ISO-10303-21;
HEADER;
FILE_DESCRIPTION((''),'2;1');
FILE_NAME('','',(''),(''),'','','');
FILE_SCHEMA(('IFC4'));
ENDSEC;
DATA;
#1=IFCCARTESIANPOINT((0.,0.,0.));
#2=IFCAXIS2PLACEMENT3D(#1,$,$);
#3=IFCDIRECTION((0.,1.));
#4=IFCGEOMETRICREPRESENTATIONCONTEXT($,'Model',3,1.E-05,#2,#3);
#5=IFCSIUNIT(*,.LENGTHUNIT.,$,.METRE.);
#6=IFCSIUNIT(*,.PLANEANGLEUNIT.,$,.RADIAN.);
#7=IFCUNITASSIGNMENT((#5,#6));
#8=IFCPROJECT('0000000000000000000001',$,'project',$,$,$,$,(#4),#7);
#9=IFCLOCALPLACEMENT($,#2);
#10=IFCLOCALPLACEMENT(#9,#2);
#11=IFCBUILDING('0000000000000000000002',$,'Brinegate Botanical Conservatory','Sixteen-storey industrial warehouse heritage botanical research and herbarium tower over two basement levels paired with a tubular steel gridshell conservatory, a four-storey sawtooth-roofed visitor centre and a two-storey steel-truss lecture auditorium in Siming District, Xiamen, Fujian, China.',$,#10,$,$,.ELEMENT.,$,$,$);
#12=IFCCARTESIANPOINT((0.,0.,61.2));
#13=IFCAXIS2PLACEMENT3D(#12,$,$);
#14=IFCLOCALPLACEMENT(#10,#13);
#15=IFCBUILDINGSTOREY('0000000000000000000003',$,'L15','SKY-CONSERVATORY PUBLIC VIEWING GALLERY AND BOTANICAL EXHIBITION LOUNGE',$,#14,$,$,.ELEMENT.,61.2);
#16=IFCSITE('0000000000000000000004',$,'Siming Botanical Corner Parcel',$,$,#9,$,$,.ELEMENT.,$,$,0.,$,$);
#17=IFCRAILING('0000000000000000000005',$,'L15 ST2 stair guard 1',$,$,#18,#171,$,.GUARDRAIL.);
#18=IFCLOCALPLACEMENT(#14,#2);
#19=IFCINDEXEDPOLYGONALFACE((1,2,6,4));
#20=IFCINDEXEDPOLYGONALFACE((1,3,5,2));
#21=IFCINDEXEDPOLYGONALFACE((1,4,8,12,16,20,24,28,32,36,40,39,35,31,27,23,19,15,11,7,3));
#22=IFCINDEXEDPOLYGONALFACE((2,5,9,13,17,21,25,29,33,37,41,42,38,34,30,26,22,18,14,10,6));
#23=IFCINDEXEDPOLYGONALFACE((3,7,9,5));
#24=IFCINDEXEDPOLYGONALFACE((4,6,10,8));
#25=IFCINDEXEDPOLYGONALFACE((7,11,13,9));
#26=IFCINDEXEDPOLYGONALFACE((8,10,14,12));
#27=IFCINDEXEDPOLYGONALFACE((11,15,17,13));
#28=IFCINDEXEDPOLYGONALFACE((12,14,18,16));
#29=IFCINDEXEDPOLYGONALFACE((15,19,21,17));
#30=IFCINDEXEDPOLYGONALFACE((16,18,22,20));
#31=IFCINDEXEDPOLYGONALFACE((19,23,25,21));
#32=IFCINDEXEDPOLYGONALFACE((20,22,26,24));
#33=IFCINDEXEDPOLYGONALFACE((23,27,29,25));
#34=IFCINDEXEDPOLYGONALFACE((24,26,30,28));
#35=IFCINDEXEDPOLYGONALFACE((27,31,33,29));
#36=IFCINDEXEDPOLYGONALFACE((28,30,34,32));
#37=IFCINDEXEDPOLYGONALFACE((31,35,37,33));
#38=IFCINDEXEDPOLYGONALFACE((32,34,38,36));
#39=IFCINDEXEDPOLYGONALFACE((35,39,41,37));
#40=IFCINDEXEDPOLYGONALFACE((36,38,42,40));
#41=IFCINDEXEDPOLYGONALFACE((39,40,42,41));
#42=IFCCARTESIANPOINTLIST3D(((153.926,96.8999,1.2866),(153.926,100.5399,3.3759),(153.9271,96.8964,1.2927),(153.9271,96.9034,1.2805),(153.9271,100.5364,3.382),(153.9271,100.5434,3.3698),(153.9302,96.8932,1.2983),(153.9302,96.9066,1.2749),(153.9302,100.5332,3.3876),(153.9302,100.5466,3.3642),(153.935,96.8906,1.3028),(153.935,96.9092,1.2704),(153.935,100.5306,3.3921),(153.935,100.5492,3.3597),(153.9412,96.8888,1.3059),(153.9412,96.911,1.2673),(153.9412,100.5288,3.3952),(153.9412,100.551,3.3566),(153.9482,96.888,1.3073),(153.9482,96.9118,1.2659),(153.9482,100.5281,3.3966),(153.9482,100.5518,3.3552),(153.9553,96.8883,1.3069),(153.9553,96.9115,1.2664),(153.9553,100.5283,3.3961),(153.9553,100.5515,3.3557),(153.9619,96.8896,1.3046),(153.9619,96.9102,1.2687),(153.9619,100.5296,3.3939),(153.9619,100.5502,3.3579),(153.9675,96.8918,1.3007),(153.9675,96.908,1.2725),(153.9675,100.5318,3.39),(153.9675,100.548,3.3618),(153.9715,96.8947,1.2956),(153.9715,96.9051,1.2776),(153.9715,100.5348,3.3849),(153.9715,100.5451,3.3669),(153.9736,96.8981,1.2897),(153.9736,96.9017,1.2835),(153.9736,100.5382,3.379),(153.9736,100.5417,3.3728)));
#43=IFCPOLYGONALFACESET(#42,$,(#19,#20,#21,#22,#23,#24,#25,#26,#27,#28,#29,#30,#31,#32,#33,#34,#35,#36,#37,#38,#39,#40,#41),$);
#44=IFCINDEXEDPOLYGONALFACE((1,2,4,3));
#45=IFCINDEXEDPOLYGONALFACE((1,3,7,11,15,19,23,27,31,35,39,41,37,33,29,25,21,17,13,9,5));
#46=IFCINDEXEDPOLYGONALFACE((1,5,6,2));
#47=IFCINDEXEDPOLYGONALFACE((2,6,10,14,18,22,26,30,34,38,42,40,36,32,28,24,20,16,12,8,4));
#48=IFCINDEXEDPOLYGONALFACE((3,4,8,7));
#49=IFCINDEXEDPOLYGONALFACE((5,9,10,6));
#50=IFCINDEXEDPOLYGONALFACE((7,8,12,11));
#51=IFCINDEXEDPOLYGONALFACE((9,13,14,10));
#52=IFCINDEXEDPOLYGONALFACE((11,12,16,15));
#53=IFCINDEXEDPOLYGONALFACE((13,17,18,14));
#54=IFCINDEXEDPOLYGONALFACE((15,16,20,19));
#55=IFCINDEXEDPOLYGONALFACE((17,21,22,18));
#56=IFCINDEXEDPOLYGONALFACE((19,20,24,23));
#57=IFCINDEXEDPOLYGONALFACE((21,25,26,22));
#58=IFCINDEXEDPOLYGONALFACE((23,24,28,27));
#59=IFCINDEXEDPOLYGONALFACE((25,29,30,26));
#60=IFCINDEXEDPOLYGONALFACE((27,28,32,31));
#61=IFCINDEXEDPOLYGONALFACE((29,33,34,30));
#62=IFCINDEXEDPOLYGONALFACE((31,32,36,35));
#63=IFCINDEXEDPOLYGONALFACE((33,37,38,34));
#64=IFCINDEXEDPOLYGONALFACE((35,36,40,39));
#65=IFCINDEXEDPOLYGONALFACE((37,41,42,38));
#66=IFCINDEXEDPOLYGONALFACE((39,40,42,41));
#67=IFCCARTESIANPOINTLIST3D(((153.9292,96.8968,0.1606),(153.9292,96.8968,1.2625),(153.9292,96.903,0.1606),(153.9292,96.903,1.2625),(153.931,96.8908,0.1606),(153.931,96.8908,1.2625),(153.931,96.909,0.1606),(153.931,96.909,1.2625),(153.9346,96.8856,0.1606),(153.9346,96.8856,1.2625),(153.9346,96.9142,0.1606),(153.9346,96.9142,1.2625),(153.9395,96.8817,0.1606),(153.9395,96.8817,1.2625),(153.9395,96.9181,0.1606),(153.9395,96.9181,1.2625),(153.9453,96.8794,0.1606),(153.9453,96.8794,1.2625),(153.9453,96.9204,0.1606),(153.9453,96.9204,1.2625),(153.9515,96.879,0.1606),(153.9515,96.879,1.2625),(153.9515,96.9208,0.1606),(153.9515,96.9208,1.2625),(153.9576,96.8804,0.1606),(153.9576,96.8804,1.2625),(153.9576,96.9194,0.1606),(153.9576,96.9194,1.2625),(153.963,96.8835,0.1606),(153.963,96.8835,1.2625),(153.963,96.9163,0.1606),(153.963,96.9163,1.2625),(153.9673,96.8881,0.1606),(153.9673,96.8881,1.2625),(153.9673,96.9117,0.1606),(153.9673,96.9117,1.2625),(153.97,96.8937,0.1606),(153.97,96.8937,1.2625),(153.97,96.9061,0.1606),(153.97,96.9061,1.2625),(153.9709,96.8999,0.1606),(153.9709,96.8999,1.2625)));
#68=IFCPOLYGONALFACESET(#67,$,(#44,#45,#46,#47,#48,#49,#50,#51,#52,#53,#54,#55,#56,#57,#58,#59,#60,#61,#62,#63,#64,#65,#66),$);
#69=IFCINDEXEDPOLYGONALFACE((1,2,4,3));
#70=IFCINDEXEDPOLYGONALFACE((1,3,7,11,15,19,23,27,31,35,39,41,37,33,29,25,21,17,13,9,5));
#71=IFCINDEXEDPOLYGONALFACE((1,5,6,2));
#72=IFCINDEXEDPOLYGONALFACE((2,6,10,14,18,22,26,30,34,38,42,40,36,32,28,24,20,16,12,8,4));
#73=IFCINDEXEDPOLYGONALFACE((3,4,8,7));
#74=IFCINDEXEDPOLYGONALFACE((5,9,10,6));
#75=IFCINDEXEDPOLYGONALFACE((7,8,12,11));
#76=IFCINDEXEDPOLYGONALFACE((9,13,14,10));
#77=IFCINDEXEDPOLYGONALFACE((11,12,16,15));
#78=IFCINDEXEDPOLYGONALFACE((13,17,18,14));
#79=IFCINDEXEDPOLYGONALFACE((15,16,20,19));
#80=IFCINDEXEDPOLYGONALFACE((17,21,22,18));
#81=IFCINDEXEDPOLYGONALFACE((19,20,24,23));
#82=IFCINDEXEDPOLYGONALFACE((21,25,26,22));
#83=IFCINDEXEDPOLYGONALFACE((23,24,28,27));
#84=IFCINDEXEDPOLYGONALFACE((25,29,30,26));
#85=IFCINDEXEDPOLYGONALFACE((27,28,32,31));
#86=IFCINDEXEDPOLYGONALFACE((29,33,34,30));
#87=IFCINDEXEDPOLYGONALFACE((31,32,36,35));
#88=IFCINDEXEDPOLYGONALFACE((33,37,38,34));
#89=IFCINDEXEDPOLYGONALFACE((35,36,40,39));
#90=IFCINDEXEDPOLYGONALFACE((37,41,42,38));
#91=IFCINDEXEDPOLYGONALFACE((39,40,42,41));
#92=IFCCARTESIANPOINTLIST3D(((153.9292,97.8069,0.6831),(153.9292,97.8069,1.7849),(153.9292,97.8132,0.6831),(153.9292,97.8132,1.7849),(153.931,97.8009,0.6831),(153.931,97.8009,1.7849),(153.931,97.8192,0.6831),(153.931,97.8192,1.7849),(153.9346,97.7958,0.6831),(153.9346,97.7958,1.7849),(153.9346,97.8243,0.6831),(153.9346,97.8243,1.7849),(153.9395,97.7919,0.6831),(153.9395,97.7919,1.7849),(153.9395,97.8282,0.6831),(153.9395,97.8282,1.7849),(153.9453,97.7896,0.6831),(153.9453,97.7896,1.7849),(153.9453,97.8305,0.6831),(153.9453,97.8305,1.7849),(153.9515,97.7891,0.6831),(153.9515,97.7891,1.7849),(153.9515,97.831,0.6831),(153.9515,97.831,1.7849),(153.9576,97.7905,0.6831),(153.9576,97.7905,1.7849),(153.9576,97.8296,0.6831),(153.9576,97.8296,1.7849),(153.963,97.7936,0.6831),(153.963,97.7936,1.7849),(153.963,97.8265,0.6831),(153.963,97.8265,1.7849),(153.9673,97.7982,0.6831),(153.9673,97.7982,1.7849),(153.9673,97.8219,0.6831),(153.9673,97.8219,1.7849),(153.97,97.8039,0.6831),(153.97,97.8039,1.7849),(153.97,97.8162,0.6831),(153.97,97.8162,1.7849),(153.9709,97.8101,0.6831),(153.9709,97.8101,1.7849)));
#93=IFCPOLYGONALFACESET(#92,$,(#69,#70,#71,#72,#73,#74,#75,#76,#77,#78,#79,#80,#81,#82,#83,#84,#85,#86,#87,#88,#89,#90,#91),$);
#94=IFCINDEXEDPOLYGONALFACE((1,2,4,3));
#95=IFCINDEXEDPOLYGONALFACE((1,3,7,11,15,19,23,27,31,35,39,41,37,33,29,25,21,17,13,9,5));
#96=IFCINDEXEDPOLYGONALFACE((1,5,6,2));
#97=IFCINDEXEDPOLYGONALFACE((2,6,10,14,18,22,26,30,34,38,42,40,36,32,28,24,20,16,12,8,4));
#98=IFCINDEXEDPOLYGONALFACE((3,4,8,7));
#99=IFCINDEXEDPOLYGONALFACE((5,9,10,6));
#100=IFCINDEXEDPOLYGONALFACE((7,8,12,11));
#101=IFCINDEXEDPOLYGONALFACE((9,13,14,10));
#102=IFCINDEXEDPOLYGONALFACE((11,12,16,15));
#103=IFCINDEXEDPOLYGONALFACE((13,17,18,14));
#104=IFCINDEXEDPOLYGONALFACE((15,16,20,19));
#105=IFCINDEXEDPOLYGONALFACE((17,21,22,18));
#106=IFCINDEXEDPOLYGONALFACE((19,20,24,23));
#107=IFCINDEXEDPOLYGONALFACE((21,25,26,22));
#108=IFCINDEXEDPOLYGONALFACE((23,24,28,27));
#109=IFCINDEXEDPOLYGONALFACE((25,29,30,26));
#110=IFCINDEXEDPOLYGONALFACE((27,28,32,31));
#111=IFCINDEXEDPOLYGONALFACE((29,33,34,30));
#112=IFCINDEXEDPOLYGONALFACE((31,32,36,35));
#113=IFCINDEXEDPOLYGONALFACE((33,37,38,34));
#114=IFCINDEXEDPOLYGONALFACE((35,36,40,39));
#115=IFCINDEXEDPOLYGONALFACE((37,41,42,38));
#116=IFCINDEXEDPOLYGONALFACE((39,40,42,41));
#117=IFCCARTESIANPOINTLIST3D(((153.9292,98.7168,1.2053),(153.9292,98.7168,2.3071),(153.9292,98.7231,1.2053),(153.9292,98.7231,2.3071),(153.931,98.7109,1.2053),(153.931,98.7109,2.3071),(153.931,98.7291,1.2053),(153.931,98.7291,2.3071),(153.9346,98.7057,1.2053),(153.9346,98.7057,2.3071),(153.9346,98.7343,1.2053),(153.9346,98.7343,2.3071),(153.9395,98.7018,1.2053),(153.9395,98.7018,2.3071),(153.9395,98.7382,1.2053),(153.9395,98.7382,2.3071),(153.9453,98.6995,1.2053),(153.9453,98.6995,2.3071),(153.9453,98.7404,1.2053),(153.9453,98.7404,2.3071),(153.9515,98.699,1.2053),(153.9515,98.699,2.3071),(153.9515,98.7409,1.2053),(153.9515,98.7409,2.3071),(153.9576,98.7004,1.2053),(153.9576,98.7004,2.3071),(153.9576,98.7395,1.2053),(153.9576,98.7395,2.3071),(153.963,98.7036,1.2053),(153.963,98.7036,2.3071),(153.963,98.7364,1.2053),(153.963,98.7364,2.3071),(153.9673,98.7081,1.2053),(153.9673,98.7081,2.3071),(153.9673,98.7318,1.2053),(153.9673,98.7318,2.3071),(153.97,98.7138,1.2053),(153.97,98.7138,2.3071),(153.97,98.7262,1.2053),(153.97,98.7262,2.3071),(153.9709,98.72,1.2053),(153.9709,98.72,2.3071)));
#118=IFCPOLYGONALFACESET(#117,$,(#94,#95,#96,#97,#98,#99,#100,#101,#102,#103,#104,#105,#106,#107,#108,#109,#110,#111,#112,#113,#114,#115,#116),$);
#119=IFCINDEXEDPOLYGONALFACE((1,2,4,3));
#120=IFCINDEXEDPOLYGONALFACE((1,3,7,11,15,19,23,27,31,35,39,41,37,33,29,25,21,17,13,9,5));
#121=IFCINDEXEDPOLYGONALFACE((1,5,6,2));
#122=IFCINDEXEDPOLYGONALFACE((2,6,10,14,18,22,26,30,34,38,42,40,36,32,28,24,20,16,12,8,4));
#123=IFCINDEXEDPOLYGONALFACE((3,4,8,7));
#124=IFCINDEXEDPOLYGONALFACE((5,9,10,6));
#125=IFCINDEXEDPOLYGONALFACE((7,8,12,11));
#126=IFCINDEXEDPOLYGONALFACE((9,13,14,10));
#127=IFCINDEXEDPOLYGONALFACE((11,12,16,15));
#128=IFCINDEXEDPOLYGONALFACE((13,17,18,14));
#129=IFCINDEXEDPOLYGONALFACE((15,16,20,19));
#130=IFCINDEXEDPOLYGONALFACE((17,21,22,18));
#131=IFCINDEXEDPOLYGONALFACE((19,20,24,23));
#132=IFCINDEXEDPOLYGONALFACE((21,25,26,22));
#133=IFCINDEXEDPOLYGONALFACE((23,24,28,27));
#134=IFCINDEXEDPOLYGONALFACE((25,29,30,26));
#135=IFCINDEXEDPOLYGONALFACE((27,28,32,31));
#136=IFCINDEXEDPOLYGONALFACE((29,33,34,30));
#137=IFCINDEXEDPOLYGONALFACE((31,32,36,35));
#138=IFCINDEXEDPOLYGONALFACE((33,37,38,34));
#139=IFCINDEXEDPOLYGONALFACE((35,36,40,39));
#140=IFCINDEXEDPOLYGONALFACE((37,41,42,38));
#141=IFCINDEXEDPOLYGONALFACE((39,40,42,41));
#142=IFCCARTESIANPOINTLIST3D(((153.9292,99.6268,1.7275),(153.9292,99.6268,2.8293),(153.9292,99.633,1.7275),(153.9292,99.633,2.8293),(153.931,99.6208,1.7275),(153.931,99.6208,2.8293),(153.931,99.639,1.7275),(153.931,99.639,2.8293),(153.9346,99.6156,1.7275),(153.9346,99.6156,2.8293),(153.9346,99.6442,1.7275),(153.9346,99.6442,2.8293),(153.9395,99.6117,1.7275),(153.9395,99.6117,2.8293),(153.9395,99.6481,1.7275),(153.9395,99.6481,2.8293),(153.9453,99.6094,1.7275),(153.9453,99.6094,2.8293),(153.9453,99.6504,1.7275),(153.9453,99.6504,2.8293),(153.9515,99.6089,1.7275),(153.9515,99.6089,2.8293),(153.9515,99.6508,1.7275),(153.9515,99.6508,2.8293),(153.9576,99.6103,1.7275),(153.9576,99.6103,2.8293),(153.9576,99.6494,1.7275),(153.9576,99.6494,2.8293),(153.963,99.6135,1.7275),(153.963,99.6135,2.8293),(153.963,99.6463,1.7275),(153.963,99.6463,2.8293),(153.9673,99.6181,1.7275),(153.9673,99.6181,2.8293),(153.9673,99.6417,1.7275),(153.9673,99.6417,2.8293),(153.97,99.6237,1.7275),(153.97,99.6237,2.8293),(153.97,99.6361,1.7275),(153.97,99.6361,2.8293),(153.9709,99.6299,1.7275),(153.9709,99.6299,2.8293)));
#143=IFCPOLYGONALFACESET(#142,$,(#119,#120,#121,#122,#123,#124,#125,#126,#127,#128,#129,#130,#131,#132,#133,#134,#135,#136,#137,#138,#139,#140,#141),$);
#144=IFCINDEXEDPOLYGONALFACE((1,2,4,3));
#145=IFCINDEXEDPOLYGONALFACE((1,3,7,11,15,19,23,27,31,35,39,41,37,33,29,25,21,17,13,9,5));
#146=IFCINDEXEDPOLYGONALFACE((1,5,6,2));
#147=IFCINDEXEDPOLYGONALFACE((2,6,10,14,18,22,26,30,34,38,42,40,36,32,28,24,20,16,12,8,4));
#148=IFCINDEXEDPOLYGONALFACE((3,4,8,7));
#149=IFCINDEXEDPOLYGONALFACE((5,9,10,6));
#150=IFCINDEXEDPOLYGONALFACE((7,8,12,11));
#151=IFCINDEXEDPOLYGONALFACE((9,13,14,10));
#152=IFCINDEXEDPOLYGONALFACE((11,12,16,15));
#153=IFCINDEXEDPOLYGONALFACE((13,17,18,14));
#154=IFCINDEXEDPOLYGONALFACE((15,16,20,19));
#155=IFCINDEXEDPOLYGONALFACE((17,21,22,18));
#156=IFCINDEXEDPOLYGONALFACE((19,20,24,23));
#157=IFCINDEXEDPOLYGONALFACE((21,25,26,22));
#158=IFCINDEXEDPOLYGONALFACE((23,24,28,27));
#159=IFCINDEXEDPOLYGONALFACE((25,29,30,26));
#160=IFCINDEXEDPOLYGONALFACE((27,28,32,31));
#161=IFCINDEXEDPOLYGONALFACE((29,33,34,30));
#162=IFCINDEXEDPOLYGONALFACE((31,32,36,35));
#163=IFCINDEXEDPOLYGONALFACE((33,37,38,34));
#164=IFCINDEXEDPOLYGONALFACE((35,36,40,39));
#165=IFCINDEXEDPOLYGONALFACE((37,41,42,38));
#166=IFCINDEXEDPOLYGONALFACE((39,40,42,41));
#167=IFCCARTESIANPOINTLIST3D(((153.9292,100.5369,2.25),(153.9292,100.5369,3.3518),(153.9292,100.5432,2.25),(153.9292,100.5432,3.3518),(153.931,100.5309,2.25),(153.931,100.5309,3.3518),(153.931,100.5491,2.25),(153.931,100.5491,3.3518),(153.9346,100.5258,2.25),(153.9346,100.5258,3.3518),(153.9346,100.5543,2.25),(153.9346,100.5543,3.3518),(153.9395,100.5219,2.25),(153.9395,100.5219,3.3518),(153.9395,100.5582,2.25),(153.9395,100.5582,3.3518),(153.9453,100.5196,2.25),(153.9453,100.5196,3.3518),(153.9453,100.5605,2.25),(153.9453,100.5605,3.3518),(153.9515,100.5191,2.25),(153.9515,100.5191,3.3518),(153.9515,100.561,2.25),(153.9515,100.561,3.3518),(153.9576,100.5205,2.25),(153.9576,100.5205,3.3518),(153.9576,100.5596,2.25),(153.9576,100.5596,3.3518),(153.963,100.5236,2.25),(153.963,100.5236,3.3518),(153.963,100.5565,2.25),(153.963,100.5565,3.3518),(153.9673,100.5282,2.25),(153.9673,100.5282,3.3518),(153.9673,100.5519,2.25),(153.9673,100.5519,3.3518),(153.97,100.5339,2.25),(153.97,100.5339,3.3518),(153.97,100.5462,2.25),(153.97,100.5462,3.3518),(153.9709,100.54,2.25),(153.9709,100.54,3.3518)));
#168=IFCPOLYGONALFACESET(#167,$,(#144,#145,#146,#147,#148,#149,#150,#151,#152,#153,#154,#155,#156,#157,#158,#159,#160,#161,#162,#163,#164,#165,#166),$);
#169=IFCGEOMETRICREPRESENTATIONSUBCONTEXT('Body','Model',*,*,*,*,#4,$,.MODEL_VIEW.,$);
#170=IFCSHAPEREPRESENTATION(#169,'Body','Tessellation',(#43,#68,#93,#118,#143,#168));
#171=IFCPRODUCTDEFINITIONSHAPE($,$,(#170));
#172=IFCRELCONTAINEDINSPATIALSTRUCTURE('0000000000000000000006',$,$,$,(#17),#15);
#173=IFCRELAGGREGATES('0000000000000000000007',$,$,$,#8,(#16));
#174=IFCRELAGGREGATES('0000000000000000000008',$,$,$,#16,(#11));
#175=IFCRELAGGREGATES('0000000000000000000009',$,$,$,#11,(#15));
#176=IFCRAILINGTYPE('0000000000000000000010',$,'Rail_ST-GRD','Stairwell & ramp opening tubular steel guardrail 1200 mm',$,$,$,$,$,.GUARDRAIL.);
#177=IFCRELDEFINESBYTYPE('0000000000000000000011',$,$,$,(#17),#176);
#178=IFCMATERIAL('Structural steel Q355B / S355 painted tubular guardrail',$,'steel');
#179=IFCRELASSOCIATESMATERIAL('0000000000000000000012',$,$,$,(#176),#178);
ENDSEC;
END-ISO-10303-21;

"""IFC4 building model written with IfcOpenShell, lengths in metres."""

from ifc_helpers import new_model, si_unit, direction, frame, origin, origin_2d, place, context, subcontext, project, spatial, circle, extrude, material, type_object, element, save


model = new_model("IFC4")

# Units and contexts
model_context = context("Model", 3, precision=1e-05, world=origin(), true_north=direction((0.0, 1.0)))
body_context = subcontext(model_context, "Body", "Model", "MODEL_VIEW")
ifc_project = project(units=[si_unit("LENGTHUNIT", "METRE"), si_unit("PLANEANGLEUNIT", "RADIAN")], contexts=[model_context])

# Site, building, storey
site_placement = place(None, origin())
site = spatial("IfcSite", under=ifc_project, at=site_placement, Name="Siming Botanical Corner Parcel", CompositionType="ELEMENT", RefElevation=0.0)
building_placement = place(site_placement, origin())
building = spatial("IfcBuilding", under=site, at=building_placement, Name="Brinegate Botanical Conservatory", Description="Sixteen-storey industrial warehouse heritage botanical research and herbarium tower over two basement levels paired with a tubular steel gridshell conservatory, a four-storey sawtooth-roofed visitor centre and a two-storey steel-truss lecture auditorium in Siming District, Xiamen, Fujian, China.", CompositionType="ELEMENT")
storey_placement = place(building_placement, frame((0.0, 0.0, 61.2)))
storey = spatial("IfcBuildingStorey", under=building, at=storey_placement, Name="L15", Description="SKY-CONSERVATORY PUBLIC VIEWING GALLERY AND BOTANICAL EXHIBITION LOUNGE", CompositionType="ELEMENT", Elevation=61.2)

# Railing
ifc_material_1 = material(Name="Structural steel Q355B / S355 painted tubular guardrail", Category="steel")
railing_type = type_object("IfcRailingType", Name="Rail_ST-GRD", Description="Stairwell & ramp opening tubular steel guardrail 1200 mm", PredefinedType="GUARDRAIL", material=ifc_material_1)
railing_1_placement = place(storey_placement, frame((153.95, 96.8999, 0.1606)))
element("IfcRailing", 1, at=railing_1_placement, inside=storey, type_object=railing_type, Name="L15 ST2 stair guard 1", PredefinedType="GUARDRAIL", context=body_context, shape_type="SweptSolid", body=[
    extrude(circle(Radius=0.0239, at=origin_2d()), frame((0.0, 0.0, 1.126), z_axis=(0.0, 0.867289, 0.497804), x_axis=(-1.0, 0.0, 0.0)), (0.0, 0.0, 1.0), 4.197),
    extrude(circle(Radius=0.021, at=origin_2d()), origin(), (0.0, 0.0, 1.0), 1.1018),
    extrude(circle(Radius=0.021, at=origin_2d()), frame((0.0, 0.9102, 0.5225)), (0.0, 0.0, 1.0), 1.1018),
    extrude(circle(Radius=0.021, at=origin_2d()), frame((0.0, 1.8201, 1.0447)), (0.0, 0.0, 1.0), 1.1018),
    extrude(circle(Radius=0.021, at=origin_2d()), frame((0.0, 2.73, 1.5669)), (0.0, 0.0, 1.0), 1.1018),
    extrude(circle(Radius=0.021, at=origin_2d()), frame((0.0, 3.6401, 2.0894)), (0.0, 0.0, 1.0), 1.1018),
])

save(model, "model.ifc")
